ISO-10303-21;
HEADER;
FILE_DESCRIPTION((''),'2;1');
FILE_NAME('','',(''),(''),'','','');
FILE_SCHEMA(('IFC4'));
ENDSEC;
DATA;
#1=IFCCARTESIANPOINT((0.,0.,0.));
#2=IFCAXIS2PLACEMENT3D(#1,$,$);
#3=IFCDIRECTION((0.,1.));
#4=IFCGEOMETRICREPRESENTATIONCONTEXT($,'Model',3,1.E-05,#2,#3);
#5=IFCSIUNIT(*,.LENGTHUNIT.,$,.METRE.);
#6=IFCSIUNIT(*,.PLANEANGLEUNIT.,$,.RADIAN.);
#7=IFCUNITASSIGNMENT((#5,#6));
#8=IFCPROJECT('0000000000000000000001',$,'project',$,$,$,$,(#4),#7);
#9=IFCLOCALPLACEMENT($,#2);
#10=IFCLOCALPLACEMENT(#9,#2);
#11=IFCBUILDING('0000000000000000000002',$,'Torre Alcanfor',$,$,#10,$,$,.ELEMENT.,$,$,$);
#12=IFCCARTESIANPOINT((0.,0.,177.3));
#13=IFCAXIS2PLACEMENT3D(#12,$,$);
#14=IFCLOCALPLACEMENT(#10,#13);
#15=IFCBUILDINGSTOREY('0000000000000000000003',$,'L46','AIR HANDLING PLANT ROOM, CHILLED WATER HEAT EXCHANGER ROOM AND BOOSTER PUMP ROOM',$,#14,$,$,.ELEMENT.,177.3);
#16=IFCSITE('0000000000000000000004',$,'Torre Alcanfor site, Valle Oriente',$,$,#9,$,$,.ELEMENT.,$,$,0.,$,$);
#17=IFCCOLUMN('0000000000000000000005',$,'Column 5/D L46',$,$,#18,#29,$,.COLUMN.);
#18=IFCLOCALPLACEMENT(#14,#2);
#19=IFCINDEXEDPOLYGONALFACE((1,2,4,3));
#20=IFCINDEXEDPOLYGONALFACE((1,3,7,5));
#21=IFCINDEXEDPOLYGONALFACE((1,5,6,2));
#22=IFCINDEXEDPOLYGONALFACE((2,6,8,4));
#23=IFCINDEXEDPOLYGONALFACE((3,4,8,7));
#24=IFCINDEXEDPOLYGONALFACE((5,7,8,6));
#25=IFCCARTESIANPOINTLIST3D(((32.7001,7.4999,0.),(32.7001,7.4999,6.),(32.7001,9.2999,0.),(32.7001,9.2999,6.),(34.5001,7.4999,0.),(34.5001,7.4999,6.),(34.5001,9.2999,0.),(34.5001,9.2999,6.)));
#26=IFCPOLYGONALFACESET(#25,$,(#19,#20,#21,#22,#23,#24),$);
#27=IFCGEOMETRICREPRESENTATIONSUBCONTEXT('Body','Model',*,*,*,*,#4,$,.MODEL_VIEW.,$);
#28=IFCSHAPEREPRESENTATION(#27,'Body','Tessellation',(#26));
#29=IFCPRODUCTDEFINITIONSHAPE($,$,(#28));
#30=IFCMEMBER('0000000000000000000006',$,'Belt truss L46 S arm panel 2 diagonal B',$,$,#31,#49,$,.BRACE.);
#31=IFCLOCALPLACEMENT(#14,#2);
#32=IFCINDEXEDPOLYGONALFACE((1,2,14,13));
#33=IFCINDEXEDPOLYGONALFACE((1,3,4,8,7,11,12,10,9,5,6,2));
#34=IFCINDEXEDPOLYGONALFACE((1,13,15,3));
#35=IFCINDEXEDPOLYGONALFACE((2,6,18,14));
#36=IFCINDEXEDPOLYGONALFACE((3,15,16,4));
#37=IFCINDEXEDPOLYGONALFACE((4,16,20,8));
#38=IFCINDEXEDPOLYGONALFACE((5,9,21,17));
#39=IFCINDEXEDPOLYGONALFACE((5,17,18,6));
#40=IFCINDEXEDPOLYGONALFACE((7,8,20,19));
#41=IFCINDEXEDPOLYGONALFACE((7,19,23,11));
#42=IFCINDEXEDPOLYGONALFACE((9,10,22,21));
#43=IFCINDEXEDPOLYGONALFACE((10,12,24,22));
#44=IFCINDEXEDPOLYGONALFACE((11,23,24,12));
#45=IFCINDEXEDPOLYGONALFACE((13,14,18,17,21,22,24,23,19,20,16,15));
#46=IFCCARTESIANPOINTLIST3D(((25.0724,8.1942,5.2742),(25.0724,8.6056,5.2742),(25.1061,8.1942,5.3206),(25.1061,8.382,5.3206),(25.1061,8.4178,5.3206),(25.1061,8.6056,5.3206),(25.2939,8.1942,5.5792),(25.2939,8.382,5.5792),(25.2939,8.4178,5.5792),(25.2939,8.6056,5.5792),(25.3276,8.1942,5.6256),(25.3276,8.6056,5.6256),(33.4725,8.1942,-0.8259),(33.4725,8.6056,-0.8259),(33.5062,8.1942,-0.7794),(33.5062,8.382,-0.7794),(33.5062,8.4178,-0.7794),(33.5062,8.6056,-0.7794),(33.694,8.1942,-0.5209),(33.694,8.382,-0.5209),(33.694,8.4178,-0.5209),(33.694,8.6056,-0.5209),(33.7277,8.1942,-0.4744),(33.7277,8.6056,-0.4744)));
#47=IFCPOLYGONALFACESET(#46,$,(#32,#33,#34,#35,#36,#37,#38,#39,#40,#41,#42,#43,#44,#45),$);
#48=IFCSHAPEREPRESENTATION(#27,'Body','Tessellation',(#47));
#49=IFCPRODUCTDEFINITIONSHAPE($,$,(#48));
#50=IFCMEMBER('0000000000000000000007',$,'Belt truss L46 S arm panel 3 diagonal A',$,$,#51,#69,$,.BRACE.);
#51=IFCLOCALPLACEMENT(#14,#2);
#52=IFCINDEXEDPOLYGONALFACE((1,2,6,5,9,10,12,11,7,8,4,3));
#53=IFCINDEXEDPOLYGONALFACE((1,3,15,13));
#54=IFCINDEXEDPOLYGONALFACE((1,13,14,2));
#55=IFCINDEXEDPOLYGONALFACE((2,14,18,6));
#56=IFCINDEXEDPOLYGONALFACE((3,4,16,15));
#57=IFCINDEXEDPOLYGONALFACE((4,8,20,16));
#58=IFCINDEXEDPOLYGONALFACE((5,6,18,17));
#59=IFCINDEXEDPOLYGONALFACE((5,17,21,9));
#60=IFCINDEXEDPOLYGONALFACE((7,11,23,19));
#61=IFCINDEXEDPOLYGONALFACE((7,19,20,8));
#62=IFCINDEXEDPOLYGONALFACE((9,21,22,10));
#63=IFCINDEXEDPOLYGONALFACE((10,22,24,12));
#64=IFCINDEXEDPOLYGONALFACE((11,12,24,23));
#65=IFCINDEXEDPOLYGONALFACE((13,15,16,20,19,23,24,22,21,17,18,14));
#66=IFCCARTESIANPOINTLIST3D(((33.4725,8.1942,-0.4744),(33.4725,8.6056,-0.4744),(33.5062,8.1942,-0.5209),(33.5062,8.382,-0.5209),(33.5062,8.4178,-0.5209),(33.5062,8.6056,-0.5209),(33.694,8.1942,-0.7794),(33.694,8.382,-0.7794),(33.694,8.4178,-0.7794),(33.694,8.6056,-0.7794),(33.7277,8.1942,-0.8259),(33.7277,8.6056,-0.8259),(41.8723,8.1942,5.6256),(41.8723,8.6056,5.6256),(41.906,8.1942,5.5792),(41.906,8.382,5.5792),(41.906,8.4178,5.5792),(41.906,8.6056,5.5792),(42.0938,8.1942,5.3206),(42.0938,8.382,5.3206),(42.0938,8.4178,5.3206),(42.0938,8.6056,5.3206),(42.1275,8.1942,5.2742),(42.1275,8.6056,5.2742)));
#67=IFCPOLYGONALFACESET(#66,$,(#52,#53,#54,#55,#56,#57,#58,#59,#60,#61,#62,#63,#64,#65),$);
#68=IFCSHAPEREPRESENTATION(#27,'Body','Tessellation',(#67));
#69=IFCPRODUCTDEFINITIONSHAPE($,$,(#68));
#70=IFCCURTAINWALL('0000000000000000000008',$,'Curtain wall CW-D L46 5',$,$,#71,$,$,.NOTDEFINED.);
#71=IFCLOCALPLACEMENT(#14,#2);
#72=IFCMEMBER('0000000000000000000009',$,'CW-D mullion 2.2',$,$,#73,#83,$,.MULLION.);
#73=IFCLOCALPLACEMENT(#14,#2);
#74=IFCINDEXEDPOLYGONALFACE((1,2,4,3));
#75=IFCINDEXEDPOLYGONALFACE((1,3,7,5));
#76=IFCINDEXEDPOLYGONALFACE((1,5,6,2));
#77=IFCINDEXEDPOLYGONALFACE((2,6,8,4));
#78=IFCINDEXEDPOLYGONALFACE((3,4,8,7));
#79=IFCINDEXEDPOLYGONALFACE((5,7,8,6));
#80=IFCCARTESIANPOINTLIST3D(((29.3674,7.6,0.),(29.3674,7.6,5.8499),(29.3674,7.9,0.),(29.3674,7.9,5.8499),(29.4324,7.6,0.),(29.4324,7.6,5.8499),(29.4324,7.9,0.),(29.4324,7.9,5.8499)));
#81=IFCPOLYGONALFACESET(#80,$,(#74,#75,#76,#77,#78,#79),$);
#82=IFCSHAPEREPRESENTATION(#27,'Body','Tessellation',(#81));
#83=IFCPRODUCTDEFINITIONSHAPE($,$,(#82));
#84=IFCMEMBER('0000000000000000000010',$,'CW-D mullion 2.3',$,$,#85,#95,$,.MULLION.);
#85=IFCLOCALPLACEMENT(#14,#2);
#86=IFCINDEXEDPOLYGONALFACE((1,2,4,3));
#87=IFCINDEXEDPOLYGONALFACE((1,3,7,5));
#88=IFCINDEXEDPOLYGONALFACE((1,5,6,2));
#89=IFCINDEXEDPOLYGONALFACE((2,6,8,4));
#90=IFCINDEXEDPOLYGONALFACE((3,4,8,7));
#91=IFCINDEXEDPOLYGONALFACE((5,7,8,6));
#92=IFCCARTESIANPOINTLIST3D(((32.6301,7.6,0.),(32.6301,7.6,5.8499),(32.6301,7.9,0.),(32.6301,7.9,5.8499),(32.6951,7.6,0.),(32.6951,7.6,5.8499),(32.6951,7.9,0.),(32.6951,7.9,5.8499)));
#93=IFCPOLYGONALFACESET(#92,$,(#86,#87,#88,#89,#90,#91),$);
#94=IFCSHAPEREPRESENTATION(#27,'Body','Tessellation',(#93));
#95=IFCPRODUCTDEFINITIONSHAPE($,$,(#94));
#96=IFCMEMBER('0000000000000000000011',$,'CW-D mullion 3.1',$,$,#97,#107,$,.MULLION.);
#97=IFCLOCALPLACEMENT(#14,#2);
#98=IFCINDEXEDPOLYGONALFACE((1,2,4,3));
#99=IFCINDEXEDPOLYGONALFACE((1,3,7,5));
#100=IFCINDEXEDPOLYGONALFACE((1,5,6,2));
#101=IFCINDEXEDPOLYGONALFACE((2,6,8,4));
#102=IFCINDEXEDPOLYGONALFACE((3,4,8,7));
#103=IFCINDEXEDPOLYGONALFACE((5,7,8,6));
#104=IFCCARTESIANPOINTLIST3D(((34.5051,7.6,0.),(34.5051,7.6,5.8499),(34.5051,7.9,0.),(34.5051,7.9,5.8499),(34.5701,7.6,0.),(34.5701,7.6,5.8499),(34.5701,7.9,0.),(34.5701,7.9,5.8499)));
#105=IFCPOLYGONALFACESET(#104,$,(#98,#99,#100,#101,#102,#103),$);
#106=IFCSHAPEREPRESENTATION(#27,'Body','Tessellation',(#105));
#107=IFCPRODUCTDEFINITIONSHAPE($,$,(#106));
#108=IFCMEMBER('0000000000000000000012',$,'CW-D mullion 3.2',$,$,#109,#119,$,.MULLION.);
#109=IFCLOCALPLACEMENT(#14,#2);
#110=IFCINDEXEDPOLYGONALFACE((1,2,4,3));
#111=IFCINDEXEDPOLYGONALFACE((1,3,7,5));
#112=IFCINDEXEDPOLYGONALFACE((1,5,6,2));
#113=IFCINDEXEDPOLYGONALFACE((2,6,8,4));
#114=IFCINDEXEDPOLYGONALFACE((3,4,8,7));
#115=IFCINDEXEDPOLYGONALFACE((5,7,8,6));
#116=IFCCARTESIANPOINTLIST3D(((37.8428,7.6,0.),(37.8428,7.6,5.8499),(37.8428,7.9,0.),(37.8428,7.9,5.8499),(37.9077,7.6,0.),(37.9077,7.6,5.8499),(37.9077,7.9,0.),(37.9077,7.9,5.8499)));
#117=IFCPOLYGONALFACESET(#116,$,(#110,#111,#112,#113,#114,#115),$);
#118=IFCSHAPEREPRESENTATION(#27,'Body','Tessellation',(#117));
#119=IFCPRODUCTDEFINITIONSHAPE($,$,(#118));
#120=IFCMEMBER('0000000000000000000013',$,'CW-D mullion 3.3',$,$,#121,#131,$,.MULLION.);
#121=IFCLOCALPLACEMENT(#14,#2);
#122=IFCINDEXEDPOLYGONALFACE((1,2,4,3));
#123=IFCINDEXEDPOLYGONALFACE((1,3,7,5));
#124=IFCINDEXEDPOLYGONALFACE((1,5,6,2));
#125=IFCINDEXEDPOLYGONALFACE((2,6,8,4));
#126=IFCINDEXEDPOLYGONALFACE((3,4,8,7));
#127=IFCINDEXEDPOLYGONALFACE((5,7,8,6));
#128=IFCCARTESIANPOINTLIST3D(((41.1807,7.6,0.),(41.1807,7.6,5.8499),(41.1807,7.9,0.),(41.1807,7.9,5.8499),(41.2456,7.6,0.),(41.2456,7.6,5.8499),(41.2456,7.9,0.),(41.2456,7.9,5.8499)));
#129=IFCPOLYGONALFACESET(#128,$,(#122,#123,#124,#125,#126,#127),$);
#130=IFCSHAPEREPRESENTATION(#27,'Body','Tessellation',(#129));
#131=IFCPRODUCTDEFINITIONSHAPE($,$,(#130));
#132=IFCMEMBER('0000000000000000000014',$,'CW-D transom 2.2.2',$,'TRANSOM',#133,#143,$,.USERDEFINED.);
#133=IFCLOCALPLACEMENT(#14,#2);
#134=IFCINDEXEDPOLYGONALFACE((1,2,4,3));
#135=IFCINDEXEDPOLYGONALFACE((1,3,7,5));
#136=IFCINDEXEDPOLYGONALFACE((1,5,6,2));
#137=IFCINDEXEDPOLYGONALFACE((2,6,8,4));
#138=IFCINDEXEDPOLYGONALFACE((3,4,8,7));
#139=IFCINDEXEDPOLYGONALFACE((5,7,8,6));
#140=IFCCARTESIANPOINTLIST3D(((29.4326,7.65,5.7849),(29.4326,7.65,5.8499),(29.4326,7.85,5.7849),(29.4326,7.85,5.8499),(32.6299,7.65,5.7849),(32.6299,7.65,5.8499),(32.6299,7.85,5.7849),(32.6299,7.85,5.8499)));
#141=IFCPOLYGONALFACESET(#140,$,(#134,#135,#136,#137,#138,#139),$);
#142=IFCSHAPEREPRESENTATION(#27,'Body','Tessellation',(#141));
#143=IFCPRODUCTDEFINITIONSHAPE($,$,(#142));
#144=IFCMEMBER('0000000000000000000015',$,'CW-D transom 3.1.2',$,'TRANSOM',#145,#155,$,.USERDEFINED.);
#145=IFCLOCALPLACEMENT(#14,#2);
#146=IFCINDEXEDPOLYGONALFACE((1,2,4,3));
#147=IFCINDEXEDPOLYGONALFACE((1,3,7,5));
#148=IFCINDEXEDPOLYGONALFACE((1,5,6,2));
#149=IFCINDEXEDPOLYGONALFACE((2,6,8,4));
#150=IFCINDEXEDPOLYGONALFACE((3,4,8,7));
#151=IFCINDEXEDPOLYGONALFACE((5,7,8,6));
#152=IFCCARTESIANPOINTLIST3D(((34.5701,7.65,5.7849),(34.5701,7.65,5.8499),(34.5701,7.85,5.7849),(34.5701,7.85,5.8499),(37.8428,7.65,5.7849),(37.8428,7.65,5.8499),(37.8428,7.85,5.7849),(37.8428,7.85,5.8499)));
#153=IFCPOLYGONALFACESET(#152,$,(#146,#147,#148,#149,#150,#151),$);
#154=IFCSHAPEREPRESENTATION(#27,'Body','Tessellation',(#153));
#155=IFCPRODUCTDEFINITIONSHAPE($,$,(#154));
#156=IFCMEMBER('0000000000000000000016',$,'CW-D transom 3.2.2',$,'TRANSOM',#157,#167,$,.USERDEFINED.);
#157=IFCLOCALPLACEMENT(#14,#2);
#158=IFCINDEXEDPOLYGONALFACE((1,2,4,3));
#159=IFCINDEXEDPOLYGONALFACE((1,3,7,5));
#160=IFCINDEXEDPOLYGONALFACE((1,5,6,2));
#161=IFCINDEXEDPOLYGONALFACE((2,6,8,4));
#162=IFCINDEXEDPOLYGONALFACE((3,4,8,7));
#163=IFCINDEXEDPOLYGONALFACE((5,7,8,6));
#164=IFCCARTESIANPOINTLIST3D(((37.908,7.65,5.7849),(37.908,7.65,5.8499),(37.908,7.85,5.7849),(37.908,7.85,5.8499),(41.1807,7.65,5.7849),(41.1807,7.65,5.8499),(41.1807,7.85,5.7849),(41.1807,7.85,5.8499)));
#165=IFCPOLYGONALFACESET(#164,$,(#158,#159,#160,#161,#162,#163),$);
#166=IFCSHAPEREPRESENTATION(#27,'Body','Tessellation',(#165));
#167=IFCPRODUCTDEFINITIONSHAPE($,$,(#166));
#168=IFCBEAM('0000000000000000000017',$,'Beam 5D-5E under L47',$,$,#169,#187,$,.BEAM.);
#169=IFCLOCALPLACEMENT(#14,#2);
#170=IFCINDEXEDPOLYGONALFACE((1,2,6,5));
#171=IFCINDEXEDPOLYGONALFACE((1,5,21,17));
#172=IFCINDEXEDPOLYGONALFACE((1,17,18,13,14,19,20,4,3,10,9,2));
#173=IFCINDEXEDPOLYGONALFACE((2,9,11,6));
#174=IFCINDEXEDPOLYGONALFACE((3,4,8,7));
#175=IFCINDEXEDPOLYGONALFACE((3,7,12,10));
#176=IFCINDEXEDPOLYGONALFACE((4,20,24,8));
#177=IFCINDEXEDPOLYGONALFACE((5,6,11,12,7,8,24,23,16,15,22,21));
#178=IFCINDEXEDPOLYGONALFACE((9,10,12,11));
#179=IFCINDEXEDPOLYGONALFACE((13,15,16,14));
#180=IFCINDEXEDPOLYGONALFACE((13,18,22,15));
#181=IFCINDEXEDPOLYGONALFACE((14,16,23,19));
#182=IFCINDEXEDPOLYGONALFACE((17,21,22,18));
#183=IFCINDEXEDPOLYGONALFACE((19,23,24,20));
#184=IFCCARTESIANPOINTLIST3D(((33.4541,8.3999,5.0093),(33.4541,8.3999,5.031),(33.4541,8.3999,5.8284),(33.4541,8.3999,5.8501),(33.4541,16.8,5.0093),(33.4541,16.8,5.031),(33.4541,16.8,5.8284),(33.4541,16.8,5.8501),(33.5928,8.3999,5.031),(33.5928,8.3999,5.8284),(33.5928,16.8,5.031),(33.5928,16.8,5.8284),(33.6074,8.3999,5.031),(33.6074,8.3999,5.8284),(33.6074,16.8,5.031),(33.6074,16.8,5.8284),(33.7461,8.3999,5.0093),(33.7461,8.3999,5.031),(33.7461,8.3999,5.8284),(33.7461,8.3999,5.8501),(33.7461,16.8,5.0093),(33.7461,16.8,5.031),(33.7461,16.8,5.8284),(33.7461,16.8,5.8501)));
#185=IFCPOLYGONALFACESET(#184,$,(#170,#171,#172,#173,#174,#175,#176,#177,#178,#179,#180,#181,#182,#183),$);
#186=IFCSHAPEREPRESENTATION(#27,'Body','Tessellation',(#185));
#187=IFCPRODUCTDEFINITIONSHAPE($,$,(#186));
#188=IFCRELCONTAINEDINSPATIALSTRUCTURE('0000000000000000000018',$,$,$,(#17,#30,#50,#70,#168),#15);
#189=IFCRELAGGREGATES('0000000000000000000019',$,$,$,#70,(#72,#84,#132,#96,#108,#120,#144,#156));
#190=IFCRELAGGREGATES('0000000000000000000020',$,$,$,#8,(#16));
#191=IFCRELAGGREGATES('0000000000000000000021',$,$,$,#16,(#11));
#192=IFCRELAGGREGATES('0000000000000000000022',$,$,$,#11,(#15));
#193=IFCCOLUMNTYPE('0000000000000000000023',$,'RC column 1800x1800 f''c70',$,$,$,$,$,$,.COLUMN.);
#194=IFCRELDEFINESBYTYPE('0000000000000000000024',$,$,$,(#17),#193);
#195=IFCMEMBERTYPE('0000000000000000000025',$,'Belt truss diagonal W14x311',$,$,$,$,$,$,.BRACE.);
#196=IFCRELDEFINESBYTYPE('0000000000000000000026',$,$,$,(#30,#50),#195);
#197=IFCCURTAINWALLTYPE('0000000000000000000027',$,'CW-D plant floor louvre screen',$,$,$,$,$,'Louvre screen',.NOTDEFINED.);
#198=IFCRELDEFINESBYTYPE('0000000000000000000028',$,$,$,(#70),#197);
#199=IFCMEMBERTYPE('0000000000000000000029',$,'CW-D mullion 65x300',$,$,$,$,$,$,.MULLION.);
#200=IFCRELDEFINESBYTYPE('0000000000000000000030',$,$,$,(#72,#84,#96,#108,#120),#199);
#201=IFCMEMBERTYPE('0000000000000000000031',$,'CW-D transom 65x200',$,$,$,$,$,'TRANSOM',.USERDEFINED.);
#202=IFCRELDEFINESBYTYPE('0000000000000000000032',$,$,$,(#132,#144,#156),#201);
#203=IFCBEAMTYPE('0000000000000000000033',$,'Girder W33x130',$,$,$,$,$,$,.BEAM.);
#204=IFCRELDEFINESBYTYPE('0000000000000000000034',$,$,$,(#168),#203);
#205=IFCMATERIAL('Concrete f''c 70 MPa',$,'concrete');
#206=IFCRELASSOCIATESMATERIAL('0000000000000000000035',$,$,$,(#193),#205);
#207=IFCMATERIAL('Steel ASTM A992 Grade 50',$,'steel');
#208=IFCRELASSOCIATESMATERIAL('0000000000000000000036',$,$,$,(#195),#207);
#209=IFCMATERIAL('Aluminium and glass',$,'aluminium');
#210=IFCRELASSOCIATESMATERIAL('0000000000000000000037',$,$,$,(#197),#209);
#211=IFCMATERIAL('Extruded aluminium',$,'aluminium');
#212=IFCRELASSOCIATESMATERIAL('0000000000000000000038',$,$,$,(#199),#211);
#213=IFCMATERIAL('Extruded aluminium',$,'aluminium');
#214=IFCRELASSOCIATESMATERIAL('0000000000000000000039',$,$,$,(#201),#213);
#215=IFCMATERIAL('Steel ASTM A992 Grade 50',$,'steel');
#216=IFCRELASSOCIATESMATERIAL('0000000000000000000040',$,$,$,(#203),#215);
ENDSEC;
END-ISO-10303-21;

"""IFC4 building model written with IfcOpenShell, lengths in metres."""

from ifc_helpers import new_model, si_unit, direction, frame, origin, origin_2d, place, context, subcontext, project, spatial, rectangle, i_section, extrude, material, material_profile, profile_set, type_object, element, aggregate, save


model = new_model("IFC4")

# Units and contexts
model_context = context("Model", 3, precision=1e-05, world=origin(), true_north=direction((0.0, 1.0)))
body_context = subcontext(model_context, "Body", "Model", "MODEL_VIEW")
ifc_project = project(units=[si_unit("LENGTHUNIT", "METRE"), si_unit("PLANEANGLEUNIT", "RADIAN")], contexts=[model_context])

# Site, building, storey
site_placement = place(None, origin())
site = spatial("IfcSite", under=ifc_project, at=site_placement, Name="Torre Alcanfor site, Valle Oriente", CompositionType="ELEMENT", RefElevation=0.0)
building_placement = place(site_placement, origin())
building = spatial("IfcBuilding", under=site, at=building_placement, Name="Torre Alcanfor", CompositionType="ELEMENT")
storey_placement = place(building_placement, frame((0.0, 0.0, 177.3)))
storey = spatial("IfcBuildingStorey", under=building, at=storey_placement, Name="L46", Description="AIR HANDLING PLANT ROOM, CHILLED WATER HEAT EXCHANGER ROOM AND BOOSTER PUMP ROOM", CompositionType="ELEMENT", Elevation=177.3)

# Column
ifc_material_1 = material(Name="Concrete f'c 70 MPa", Category="concrete")
ifc_material_profile_1 = material_profile(ifc_material_1, rectangle(XDim=1.8, YDim=1.8, at=origin_2d()), Name="1800x1800")
ifc_profile_set_1 = profile_set([ifc_material_profile_1], Name="Concrete f'c 70 MPa")
column_type = type_object("IfcColumnType", Name="RC column 1800x1800 f'c70", PredefinedType="COLUMN", material=ifc_profile_set_1)
column_placement = place(storey_placement, frame((33.6001, 8.3999, 0.0), z_axis=(0.0, 0.0, 1.0), x_axis=(1.0, 0.0, 0.0)))
element("IfcColumn", 1, at=column_placement, inside=storey, type_object=column_type, Name="Column 5/D L46", PredefinedType="COLUMN", context=body_context, shape_type="SweptSolid", body=[
    extrude(rectangle(XDim=1.8, YDim=1.8, at=origin_2d()), origin(), (0.0, 0.0, 1.0), 6.0),
])

# Members
ifc_material_2 = material(Name="Steel ASTM A992 Grade 50", Category="steel")
ifc_material_profile_2 = material_profile(ifc_material_2, i_section(OverallWidth=0.4114, OverallDepth=0.4343, WebThickness=0.0359, FlangeThickness=0.0574, at=origin_2d()), Name="W14x311")
ifc_profile_set_2 = profile_set([ifc_material_profile_2], Name="Steel ASTM A992 Grade 50")
member_type_1 = type_object("IfcMemberType", Name="Belt truss diagonal W14x311", PredefinedType="BRACE", material=ifc_profile_set_2)
member_1_placement = place(storey_placement, frame((33.6001, 8.3999, -0.6501), z_axis=(-0.809153, 0.0, 0.587598), x_axis=(0.0, -1.0, 0.0)))
element("IfcMember", 2, at=member_1_placement, inside=storey, type_object=member_type_1, Name="Belt truss L46 S arm panel 2 diagonal B", PredefinedType="BRACE", context=body_context, shape_type="SweptSolid", body=[
    extrude(i_section(OverallWidth=0.4114, OverallDepth=0.4343, WebThickness=0.0359, FlangeThickness=0.0574, at=origin_2d()), origin(), (0.0, 0.0, 1.0), 10.3813),
])
member_2_placement = place(storey_placement, frame((33.6001, 8.3999, -0.6501), z_axis=(0.809145, 0.0, 0.587609), x_axis=(0.0, 1.0, 0.0)))
element("IfcMember", 3, at=member_2_placement, inside=storey, type_object=member_type_1, Name="Belt truss L46 S arm panel 3 diagonal A", PredefinedType="BRACE", context=body_context, shape_type="SweptSolid", body=[
    extrude(i_section(OverallWidth=0.4114, OverallDepth=0.4343, WebThickness=0.0359, FlangeThickness=0.0574, at=origin_2d()), origin(), (0.0, 0.0, 1.0), 10.3811),
])

# Curtain wall, members
ifc_material_3 = material(Name="Aluminium and glass", Category="aluminium")
curtain_wall_type = type_object("IfcCurtainWallType", Name="CW-D plant floor louvre screen", ElementType="Louvre screen", PredefinedType="NOTDEFINED", material=ifc_material_3)
curtain_wall_placement = place(storey_placement, origin())
curtain_wall = element("IfcCurtainWall", 4, at=curtain_wall_placement, inside=storey, type_object=curtain_wall_type, Name="Curtain wall CW-D L46 5", PredefinedType="NOTDEFINED")
ifc_material_4 = material(Name="Extruded aluminium", Category="aluminium")
ifc_material_profile_3 = material_profile(ifc_material_4, rectangle(XDim=0.3, YDim=0.0649, at=origin_2d()), Name="CW-D mullion 65x300")
ifc_profile_set_3 = profile_set([ifc_material_profile_3], Name="Extruded aluminium")
member_type_2 = type_object("IfcMemberType", Name="CW-D mullion 65x300", PredefinedType="MULLION", material=ifc_profile_set_3)
member_3_placement = place(storey_placement, frame((29.3999, 7.75, 0.0), z_axis=(0.0, 0.0, 1.0), x_axis=(0.0, 1.0, 0.0)))
member_3 = element("IfcMember", 5, at=member_3_placement, type_object=member_type_2, Name="CW-D mullion 2.2", PredefinedType="MULLION", context=body_context, shape_type="SweptSolid", body=[
    extrude(rectangle(XDim=0.3, YDim=0.0649, at=origin_2d()), origin(), (0.0, 0.0, 1.0), 5.8499),
])
member_4_placement = place(storey_placement, frame((32.6626, 7.75, 0.0), z_axis=(0.0, 0.0, 1.0), x_axis=(0.0, 1.0, 0.0)))
member_4 = element("IfcMember", 6, at=member_4_placement, type_object=member_type_2, Name="CW-D mullion 2.3", PredefinedType="MULLION", context=body_context, shape_type="SweptSolid", body=[
    extrude(rectangle(XDim=0.3, YDim=0.0649, at=origin_2d()), origin(), (0.0, 0.0, 1.0), 5.8499),
])
member_5_placement = place(storey_placement, frame((34.5376, 7.75, 0.0), z_axis=(0.0, 0.0, 1.0), x_axis=(0.0, 1.0, 0.0)))
member_5 = element("IfcMember", 7, at=member_5_placement, type_object=member_type_2, Name="CW-D mullion 3.1", PredefinedType="MULLION", context=body_context, shape_type="SweptSolid", body=[
    extrude(rectangle(XDim=0.3, YDim=0.0649, at=origin_2d()), origin(), (0.0, 0.0, 1.0), 5.8499),
])
member_6_placement = place(storey_placement, frame((37.8752, 7.75, 0.0), z_axis=(0.0, 0.0, 1.0), x_axis=(0.0, 1.0, 0.0)))
member_6 = element("IfcMember", 8, at=member_6_placement, type_object=member_type_2, Name="CW-D mullion 3.2", PredefinedType="MULLION", context=body_context, shape_type="SweptSolid", body=[
    extrude(rectangle(XDim=0.3, YDim=0.0649, at=origin_2d()), origin(), (0.0, 0.0, 1.0), 5.8499),
])
member_7_placement = place(storey_placement, frame((41.2131, 7.75, 0.0), z_axis=(0.0, 0.0, 1.0), x_axis=(0.0, 1.0, 0.0)))
member_7 = element("IfcMember", 9, at=member_7_placement, type_object=member_type_2, Name="CW-D mullion 3.3", PredefinedType="MULLION", context=body_context, shape_type="SweptSolid", body=[
    extrude(rectangle(XDim=0.3, YDim=0.0649, at=origin_2d()), origin(), (0.0, 0.0, 1.0), 5.8499),
])
ifc_material_5 = material(Name="Extruded aluminium", Category="aluminium")
ifc_material_profile_4 = material_profile(ifc_material_5, rectangle(XDim=0.2, YDim=0.0649, at=origin_2d()), Name="CW-D transom 200x65")
ifc_profile_set_4 = profile_set([ifc_material_profile_4], Name="Extruded aluminium")
member_type_3 = type_object("IfcMemberType", Name="CW-D transom 65x200", ElementType="TRANSOM", PredefinedType="USERDEFINED", material=ifc_profile_set_4)
member_8_placement = place(storey_placement, frame((29.4326, 7.75, 5.8174), z_axis=(1.0, 0.0, 0.0), x_axis=(0.0, 1.0, 0.0)))
member_8 = element("IfcMember", 10, at=member_8_placement, type_object=member_type_3, Name="CW-D transom 2.2.2", ObjectType="TRANSOM", PredefinedType="USERDEFINED", context=body_context, shape_type="SweptSolid", body=[
    extrude(rectangle(XDim=0.2, YDim=0.0649, at=origin_2d()), origin(), (0.0, 0.0, 1.0), 3.1973),
])
member_9_placement = place(storey_placement, frame((34.5701, 7.75, 5.8174), z_axis=(1.0, 0.0, 0.0), x_axis=(0.0, 1.0, 0.0)))
member_9 = element("IfcMember", 11, at=member_9_placement, type_object=member_type_3, Name="CW-D transom 3.1.2", ObjectType="TRANSOM", PredefinedType="USERDEFINED", context=body_context, shape_type="SweptSolid", body=[
    extrude(rectangle(XDim=0.2, YDim=0.0649, at=origin_2d()), origin(), (0.0, 0.0, 1.0), 3.2727),
])
member_10_placement = place(storey_placement, frame((37.908, 7.75, 5.8174), z_axis=(1.0, 0.0, 0.0), x_axis=(0.0, 1.0, 0.0)))
member_10 = element("IfcMember", 12, at=member_10_placement, type_object=member_type_3, Name="CW-D transom 3.2.2", ObjectType="TRANSOM", PredefinedType="USERDEFINED", context=body_context, shape_type="SweptSolid", body=[
    extrude(rectangle(XDim=0.2, YDim=0.0649, at=origin_2d()), origin(), (0.0, 0.0, 1.0), 3.2727),
])

# Beam
ifc_material_6 = material(Name="Steel ASTM A992 Grade 50", Category="steel")
ifc_material_profile_5 = material_profile(ifc_material_6, i_section(OverallWidth=0.292, OverallDepth=0.8408, WebThickness=0.0146, FlangeThickness=0.0217, at=origin_2d()), Name="W33x130")
ifc_profile_set_5 = profile_set([ifc_material_profile_5], Name="Steel ASTM A992 Grade 50")
beam_type_1 = type_object("IfcBeamType", Name="Girder W33x130", PredefinedType="BEAM", material=ifc_profile_set_5)
beam_1_placement = place(storey_placement, frame((33.6001, 8.3999, 5.4297), z_axis=(0.0, 1.0, 0.0), x_axis=(-1.0, 0.0, 0.0)))
element("IfcBeam", 13, at=beam_1_placement, inside=storey, type_object=beam_type_1, Name="Beam 5D-5E under L47", PredefinedType="BEAM", context=body_context, shape_type="SweptSolid", body=[
    extrude(i_section(OverallWidth=0.292, OverallDepth=0.8408, WebThickness=0.0146, FlangeThickness=0.0217, at=origin_2d()), origin(), (0.0, 0.0, 1.0), 8.4001),
])

aggregate(curtain_wall, [member_3, member_4, member_8, member_5, member_6, member_7, member_9, member_10])

save(model, "model.ifc")
